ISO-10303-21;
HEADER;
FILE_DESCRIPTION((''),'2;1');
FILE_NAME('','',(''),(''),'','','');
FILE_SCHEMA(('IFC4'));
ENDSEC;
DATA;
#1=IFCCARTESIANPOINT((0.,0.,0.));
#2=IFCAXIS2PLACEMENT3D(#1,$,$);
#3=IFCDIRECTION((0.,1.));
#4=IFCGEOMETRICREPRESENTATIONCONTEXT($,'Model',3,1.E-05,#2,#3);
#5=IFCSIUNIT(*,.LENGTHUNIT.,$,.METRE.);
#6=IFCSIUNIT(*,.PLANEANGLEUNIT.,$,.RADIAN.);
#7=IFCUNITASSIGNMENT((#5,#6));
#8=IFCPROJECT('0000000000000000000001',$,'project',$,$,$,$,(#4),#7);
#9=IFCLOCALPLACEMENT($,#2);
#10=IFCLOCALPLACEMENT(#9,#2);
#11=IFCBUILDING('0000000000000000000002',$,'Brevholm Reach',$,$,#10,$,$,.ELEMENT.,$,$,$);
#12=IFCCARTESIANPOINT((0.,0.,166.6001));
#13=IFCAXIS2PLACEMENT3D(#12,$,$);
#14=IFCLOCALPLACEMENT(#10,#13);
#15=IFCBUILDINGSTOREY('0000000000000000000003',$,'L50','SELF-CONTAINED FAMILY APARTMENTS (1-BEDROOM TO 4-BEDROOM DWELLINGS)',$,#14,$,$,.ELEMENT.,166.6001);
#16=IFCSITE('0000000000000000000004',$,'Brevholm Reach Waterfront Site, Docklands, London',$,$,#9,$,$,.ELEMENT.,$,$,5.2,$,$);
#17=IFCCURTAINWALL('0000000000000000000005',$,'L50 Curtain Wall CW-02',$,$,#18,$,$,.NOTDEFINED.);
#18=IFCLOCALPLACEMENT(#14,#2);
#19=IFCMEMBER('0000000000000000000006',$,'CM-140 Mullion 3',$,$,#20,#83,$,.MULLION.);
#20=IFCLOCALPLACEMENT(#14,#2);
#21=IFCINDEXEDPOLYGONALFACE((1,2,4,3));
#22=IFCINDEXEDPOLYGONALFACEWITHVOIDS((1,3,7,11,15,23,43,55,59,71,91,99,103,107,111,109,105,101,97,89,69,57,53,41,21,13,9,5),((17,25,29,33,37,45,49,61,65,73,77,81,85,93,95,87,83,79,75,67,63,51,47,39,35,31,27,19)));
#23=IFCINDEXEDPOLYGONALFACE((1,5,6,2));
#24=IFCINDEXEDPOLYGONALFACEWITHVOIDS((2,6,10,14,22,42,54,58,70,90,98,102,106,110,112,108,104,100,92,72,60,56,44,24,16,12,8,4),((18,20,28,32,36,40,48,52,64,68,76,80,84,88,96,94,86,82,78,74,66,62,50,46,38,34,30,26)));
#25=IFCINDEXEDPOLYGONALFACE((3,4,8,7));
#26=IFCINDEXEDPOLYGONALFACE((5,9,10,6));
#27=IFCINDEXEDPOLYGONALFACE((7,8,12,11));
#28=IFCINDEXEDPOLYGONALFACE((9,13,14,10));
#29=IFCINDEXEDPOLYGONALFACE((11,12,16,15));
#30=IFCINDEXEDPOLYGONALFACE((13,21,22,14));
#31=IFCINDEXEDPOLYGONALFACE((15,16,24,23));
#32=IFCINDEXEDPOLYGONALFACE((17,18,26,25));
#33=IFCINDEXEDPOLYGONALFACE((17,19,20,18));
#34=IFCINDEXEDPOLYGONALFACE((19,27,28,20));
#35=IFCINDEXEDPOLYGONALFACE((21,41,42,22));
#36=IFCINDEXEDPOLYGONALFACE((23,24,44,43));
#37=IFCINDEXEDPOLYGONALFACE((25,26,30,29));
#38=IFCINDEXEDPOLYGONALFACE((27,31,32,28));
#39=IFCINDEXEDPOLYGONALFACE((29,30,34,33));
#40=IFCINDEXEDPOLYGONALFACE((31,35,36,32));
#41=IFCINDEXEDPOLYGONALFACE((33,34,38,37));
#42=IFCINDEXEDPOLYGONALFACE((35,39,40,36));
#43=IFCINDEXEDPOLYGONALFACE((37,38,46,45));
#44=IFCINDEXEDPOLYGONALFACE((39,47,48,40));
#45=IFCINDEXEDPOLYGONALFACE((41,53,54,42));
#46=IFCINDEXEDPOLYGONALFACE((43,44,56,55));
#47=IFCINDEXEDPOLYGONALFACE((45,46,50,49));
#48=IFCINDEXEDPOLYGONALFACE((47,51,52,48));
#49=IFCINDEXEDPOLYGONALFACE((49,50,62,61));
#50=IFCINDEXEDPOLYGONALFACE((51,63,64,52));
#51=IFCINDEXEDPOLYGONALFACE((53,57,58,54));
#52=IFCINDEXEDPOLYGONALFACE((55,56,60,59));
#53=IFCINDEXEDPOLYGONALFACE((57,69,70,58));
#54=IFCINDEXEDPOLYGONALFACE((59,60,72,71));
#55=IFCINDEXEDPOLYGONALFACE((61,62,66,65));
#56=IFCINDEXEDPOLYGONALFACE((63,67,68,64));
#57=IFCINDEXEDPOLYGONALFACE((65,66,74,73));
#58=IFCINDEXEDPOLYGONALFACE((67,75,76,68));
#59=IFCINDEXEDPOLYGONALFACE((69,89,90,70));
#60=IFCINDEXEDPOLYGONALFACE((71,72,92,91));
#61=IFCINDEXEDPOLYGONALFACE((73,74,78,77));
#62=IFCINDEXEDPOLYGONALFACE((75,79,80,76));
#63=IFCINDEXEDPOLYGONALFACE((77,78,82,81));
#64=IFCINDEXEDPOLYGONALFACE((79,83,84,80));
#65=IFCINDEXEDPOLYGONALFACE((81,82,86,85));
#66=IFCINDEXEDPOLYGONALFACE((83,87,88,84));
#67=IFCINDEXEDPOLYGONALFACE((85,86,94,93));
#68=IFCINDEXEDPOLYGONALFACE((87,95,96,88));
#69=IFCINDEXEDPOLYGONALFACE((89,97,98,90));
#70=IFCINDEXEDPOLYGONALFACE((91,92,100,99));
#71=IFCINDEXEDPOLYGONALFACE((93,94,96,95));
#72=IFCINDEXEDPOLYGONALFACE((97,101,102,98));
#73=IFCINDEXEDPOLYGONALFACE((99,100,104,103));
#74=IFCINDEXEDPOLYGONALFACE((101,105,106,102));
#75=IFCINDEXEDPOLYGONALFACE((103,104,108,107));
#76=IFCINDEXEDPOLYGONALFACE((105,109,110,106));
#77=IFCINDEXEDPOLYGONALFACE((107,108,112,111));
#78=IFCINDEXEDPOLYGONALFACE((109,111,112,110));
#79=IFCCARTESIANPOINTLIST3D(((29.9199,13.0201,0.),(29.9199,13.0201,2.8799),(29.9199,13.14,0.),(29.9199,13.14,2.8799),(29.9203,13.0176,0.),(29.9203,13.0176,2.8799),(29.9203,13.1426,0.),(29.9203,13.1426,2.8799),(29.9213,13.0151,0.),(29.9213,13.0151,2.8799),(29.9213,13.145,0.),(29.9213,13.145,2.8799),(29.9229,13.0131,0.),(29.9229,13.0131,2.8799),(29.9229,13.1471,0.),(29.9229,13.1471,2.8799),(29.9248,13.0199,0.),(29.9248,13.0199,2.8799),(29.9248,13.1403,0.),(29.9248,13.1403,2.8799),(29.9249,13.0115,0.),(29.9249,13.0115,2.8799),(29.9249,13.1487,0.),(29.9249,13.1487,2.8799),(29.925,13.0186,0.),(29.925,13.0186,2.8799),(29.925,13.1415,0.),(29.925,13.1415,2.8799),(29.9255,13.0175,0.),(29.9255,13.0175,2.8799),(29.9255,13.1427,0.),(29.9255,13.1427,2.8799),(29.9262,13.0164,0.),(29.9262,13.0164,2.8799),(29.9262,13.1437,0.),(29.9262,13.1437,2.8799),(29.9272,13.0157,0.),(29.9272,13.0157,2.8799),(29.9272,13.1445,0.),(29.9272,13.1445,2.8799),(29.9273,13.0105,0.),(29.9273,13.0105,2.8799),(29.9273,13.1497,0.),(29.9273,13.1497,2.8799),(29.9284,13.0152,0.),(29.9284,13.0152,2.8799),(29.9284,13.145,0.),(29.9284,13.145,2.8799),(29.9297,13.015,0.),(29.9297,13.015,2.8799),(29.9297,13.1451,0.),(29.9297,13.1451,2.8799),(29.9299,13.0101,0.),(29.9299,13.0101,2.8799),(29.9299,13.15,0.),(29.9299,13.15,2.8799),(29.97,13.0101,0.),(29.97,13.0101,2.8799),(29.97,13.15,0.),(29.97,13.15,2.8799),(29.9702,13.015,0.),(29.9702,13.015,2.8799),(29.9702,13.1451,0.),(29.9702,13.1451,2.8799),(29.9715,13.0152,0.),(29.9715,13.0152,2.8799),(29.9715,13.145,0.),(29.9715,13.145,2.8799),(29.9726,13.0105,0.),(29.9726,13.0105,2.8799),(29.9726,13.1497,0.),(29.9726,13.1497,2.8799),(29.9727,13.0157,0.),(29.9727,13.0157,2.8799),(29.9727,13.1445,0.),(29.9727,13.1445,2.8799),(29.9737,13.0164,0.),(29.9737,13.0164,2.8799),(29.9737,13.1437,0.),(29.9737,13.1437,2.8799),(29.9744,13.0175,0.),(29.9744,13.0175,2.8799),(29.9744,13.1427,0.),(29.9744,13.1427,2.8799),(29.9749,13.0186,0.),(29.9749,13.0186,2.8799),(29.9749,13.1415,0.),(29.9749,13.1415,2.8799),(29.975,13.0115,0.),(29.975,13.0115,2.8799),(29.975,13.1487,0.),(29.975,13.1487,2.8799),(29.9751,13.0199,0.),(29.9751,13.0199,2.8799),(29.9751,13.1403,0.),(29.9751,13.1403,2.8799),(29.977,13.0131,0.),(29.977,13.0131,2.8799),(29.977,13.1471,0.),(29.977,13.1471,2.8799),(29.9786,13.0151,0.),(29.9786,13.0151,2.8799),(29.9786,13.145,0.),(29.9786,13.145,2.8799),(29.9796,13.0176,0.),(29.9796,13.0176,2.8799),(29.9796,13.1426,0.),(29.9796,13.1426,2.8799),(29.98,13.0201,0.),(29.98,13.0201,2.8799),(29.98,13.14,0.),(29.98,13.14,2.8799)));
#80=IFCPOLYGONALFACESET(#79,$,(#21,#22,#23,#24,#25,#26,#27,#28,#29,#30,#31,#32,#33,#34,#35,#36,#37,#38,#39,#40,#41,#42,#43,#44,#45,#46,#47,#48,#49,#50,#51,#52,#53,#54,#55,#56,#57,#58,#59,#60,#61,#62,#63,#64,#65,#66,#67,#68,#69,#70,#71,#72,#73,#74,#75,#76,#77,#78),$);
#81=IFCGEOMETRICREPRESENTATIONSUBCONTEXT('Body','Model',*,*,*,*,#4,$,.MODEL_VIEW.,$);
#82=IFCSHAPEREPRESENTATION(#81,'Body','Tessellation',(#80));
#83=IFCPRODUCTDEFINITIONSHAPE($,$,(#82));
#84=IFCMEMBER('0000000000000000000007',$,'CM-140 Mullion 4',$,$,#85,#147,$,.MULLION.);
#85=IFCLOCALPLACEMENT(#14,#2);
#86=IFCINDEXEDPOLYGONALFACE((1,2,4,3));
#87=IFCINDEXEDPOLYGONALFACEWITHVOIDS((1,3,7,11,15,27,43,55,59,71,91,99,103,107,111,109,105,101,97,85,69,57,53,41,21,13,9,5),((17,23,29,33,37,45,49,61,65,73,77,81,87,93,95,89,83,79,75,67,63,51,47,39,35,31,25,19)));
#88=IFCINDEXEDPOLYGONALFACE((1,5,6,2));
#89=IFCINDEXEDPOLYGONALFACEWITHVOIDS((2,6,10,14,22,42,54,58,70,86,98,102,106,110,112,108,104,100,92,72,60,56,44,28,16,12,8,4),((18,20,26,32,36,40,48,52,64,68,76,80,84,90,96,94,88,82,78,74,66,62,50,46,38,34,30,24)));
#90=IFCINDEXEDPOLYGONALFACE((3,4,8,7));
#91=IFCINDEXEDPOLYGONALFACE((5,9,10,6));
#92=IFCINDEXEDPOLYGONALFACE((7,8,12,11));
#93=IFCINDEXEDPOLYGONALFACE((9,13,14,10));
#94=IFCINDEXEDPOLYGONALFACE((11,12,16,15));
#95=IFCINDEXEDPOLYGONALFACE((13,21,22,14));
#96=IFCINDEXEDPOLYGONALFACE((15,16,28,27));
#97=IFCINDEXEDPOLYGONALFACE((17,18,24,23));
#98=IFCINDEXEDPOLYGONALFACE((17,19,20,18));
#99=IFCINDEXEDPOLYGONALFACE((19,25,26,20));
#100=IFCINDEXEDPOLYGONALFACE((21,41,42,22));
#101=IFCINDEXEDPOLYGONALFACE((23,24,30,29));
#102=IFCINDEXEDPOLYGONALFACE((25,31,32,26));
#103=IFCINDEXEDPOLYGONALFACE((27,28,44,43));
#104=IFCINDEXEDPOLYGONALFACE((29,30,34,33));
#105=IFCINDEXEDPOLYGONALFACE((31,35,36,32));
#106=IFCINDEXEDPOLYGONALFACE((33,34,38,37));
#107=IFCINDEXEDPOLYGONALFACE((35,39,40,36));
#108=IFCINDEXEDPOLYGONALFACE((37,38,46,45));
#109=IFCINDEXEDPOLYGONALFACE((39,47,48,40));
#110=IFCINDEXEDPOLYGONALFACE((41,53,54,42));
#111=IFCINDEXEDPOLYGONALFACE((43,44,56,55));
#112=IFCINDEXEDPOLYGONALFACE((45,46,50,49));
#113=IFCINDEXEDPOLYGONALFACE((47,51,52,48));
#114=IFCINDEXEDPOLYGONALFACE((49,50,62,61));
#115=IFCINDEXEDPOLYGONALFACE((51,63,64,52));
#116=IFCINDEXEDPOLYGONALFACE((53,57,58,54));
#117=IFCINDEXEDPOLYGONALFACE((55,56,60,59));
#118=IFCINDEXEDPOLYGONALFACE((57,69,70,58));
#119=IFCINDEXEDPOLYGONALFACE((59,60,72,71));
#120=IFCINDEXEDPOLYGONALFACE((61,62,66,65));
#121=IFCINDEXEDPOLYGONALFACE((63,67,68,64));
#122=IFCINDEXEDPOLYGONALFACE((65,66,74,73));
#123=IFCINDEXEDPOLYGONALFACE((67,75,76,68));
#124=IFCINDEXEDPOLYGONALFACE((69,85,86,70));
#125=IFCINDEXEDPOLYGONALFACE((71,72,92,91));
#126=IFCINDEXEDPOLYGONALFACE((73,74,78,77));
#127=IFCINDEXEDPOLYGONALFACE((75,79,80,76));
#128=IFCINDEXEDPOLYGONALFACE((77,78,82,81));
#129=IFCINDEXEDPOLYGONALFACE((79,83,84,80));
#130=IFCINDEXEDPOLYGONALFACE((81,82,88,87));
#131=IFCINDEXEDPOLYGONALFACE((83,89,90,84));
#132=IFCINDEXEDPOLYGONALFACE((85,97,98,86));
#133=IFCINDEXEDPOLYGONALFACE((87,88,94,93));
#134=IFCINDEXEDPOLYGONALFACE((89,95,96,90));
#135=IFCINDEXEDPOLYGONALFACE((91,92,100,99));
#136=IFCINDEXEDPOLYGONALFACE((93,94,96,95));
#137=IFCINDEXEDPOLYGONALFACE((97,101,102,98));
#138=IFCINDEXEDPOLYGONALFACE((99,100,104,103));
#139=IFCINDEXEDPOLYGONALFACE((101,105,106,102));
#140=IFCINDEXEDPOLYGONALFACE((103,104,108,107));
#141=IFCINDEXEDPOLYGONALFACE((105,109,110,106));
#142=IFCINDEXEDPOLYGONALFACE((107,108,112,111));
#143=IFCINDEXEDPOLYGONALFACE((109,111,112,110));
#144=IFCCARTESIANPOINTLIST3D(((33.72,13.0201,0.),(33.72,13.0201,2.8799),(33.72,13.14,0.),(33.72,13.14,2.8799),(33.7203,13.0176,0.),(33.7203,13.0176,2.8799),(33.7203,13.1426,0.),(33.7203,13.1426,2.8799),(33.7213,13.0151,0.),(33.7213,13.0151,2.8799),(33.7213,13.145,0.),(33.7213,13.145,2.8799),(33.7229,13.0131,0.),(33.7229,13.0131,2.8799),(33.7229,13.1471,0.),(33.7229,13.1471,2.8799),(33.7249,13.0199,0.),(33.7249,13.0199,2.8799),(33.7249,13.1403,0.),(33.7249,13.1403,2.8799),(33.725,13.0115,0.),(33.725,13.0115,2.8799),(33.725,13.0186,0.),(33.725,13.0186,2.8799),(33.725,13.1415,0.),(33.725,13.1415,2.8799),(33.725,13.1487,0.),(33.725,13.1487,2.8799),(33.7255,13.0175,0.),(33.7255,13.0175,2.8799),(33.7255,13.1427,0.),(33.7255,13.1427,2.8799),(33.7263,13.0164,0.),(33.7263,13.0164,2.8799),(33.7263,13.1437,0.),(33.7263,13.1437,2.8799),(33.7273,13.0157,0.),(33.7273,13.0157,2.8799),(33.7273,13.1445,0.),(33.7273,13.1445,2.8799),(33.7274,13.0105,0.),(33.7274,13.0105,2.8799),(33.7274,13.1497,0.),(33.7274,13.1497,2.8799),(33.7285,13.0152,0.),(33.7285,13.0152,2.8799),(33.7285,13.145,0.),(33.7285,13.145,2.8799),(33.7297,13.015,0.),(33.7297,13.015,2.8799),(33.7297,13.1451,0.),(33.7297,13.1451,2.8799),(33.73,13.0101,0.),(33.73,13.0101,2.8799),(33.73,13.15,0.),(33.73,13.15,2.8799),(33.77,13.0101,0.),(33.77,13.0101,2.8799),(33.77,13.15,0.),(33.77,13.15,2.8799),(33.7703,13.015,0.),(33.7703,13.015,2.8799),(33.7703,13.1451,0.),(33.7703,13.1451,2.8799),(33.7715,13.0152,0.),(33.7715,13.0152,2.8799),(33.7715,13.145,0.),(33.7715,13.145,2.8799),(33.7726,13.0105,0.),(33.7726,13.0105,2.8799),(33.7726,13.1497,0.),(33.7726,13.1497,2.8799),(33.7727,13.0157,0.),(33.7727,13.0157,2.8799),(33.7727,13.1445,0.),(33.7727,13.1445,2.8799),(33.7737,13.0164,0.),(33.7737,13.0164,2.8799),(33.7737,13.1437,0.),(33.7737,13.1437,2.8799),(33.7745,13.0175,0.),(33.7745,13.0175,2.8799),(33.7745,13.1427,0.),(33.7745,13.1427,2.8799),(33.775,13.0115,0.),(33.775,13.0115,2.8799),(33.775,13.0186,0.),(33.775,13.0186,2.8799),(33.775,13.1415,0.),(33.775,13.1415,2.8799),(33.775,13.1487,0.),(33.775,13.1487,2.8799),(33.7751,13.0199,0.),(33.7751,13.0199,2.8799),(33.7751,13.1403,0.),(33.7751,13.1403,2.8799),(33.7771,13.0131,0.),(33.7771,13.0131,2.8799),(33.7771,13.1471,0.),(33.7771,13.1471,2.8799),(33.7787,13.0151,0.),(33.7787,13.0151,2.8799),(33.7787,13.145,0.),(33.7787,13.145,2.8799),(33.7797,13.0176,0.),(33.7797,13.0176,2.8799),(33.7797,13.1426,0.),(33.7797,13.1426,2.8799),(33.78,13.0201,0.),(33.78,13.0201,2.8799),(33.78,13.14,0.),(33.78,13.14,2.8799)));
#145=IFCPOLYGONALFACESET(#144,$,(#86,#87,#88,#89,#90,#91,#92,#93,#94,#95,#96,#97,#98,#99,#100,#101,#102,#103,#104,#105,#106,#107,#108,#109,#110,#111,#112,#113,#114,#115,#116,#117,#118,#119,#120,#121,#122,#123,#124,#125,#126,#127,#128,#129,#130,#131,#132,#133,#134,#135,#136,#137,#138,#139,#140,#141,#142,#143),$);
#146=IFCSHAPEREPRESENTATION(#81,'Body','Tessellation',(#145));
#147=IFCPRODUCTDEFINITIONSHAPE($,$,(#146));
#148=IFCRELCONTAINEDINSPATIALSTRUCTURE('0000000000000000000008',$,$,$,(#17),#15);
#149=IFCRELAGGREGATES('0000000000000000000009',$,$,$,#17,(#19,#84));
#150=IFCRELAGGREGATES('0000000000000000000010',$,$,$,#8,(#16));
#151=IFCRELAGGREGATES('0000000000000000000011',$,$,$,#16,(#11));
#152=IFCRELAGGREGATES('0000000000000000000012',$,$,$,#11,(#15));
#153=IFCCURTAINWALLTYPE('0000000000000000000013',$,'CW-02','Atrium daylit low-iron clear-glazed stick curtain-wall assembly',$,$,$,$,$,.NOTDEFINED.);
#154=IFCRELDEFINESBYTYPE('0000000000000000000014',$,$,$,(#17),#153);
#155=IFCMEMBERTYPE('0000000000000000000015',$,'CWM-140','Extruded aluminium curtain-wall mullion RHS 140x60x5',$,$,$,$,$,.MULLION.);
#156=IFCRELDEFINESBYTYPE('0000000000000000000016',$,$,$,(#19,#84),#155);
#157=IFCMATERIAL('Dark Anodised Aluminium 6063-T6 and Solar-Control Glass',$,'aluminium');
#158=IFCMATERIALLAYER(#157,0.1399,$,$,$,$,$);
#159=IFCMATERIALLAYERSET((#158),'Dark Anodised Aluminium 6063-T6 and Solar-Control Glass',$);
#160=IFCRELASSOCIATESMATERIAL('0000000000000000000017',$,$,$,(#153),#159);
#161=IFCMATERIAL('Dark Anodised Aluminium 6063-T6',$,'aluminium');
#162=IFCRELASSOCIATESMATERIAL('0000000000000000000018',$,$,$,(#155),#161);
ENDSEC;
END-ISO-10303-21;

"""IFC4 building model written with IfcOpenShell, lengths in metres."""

from ifc_helpers import new_model, si_unit, direction, frame, origin, origin_2d, place, context, subcontext, project, spatial, hollow_rectangle, extrude, material, layer, layer_set, material_profile, profile_set, type_object, element, aggregate, save


model = new_model("IFC4")

# Units and contexts
model_context = context("Model", 3, precision=1e-05, world=origin(), true_north=direction((0.0, 1.0)))
body_context = subcontext(model_context, "Body", "Model", "MODEL_VIEW")
ifc_project = project(units=[si_unit("LENGTHUNIT", "METRE"), si_unit("PLANEANGLEUNIT", "RADIAN")], contexts=[model_context])

# Site, building, storey
site_placement = place(None, origin())
site = spatial("IfcSite", under=ifc_project, at=site_placement, Name="Brevholm Reach Waterfront Site, Docklands, London", CompositionType="ELEMENT", RefElevation=5.2)
building_placement = place(site_placement, origin())
building = spatial("IfcBuilding", under=site, at=building_placement, Name="Brevholm Reach", CompositionType="ELEMENT")
storey_placement = place(building_placement, frame((0.0, 0.0, 166.6001)))
storey = spatial("IfcBuildingStorey", under=building, at=storey_placement, Name="L50", Description="SELF-CONTAINED FAMILY APARTMENTS (1-BEDROOM TO 4-BEDROOM DWELLINGS)", CompositionType="ELEMENT", Elevation=166.6001)

# Curtain wall, members
ifc_material_1 = material(Name="Dark Anodised Aluminium 6063-T6 and Solar-Control Glass", Category="aluminium")
ifc_layer_1 = layer(ifc_material_1, 0.1399)
ifc_layer_set_1 = layer_set([ifc_layer_1], Name="Dark Anodised Aluminium 6063-T6 and Solar-Control Glass")
curtain_wall_type = type_object("IfcCurtainWallType", Name="CW-02", Description="Atrium daylit low-iron clear-glazed stick curtain-wall assembly", PredefinedType="NOTDEFINED", material=ifc_layer_set_1)
curtain_wall_placement = place(storey_placement, origin())
curtain_wall = element("IfcCurtainWall", 1, at=curtain_wall_placement, inside=storey, type_object=curtain_wall_type, Name="L50 Curtain Wall CW-02", PredefinedType="NOTDEFINED")
ifc_material_2 = material(Name="Dark Anodised Aluminium 6063-T6", Category="aluminium")
ifc_material_profile_1 = material_profile(ifc_material_2, hollow_rectangle(XDim=0.0601, YDim=0.1399, WallThickness=0.0049, InnerFilletRadius=0.0049, OuterFilletRadius=0.01, at=origin_2d()), Name="RHS 140x60x5")
ifc_profile_set_1 = profile_set([ifc_material_profile_1], Name="Dark Anodised Aluminium 6063-T6")
member_type_1 = type_object("IfcMemberType", Name="CWM-140", Description="Extruded aluminium curtain-wall mullion RHS 140x60x5", PredefinedType="MULLION", material=ifc_profile_set_1)
member_1_placement = place(storey_placement, frame((29.95, 13.0801, 0.0), z_axis=(0.0, 0.0, 1.0), x_axis=(1.0, 0.0, 0.0)))
member_1 = element("IfcMember", 2, at=member_1_placement, type_object=member_type_1, Name="CM-140 Mullion 3", PredefinedType="MULLION", context=body_context, shape_type="SweptSolid", body=[
    extrude(hollow_rectangle(XDim=0.0601, YDim=0.1399, WallThickness=0.0049, InnerFilletRadius=0.0049, OuterFilletRadius=0.01, at=origin_2d()), origin(), (0.0, 0.0, 1.0), 2.8799),
])
member_2_placement = place(storey_placement, frame((33.75, 13.0801, 0.0), z_axis=(0.0, 0.0, 1.0), x_axis=(1.0, 0.0, 0.0)))
member_2 = element("IfcMember", 3, at=member_2_placement, type_object=member_type_1, Name="CM-140 Mullion 4", PredefinedType="MULLION", context=body_context, shape_type="SweptSolid", body=[
    extrude(hollow_rectangle(XDim=0.0601, YDim=0.1399, WallThickness=0.0049, InnerFilletRadius=0.0049, OuterFilletRadius=0.01, at=origin_2d()), origin(), (0.0, 0.0, 1.0), 2.8799),
])
aggregate(curtain_wall, [member_1, member_2])

save(model, "model.ifc")
